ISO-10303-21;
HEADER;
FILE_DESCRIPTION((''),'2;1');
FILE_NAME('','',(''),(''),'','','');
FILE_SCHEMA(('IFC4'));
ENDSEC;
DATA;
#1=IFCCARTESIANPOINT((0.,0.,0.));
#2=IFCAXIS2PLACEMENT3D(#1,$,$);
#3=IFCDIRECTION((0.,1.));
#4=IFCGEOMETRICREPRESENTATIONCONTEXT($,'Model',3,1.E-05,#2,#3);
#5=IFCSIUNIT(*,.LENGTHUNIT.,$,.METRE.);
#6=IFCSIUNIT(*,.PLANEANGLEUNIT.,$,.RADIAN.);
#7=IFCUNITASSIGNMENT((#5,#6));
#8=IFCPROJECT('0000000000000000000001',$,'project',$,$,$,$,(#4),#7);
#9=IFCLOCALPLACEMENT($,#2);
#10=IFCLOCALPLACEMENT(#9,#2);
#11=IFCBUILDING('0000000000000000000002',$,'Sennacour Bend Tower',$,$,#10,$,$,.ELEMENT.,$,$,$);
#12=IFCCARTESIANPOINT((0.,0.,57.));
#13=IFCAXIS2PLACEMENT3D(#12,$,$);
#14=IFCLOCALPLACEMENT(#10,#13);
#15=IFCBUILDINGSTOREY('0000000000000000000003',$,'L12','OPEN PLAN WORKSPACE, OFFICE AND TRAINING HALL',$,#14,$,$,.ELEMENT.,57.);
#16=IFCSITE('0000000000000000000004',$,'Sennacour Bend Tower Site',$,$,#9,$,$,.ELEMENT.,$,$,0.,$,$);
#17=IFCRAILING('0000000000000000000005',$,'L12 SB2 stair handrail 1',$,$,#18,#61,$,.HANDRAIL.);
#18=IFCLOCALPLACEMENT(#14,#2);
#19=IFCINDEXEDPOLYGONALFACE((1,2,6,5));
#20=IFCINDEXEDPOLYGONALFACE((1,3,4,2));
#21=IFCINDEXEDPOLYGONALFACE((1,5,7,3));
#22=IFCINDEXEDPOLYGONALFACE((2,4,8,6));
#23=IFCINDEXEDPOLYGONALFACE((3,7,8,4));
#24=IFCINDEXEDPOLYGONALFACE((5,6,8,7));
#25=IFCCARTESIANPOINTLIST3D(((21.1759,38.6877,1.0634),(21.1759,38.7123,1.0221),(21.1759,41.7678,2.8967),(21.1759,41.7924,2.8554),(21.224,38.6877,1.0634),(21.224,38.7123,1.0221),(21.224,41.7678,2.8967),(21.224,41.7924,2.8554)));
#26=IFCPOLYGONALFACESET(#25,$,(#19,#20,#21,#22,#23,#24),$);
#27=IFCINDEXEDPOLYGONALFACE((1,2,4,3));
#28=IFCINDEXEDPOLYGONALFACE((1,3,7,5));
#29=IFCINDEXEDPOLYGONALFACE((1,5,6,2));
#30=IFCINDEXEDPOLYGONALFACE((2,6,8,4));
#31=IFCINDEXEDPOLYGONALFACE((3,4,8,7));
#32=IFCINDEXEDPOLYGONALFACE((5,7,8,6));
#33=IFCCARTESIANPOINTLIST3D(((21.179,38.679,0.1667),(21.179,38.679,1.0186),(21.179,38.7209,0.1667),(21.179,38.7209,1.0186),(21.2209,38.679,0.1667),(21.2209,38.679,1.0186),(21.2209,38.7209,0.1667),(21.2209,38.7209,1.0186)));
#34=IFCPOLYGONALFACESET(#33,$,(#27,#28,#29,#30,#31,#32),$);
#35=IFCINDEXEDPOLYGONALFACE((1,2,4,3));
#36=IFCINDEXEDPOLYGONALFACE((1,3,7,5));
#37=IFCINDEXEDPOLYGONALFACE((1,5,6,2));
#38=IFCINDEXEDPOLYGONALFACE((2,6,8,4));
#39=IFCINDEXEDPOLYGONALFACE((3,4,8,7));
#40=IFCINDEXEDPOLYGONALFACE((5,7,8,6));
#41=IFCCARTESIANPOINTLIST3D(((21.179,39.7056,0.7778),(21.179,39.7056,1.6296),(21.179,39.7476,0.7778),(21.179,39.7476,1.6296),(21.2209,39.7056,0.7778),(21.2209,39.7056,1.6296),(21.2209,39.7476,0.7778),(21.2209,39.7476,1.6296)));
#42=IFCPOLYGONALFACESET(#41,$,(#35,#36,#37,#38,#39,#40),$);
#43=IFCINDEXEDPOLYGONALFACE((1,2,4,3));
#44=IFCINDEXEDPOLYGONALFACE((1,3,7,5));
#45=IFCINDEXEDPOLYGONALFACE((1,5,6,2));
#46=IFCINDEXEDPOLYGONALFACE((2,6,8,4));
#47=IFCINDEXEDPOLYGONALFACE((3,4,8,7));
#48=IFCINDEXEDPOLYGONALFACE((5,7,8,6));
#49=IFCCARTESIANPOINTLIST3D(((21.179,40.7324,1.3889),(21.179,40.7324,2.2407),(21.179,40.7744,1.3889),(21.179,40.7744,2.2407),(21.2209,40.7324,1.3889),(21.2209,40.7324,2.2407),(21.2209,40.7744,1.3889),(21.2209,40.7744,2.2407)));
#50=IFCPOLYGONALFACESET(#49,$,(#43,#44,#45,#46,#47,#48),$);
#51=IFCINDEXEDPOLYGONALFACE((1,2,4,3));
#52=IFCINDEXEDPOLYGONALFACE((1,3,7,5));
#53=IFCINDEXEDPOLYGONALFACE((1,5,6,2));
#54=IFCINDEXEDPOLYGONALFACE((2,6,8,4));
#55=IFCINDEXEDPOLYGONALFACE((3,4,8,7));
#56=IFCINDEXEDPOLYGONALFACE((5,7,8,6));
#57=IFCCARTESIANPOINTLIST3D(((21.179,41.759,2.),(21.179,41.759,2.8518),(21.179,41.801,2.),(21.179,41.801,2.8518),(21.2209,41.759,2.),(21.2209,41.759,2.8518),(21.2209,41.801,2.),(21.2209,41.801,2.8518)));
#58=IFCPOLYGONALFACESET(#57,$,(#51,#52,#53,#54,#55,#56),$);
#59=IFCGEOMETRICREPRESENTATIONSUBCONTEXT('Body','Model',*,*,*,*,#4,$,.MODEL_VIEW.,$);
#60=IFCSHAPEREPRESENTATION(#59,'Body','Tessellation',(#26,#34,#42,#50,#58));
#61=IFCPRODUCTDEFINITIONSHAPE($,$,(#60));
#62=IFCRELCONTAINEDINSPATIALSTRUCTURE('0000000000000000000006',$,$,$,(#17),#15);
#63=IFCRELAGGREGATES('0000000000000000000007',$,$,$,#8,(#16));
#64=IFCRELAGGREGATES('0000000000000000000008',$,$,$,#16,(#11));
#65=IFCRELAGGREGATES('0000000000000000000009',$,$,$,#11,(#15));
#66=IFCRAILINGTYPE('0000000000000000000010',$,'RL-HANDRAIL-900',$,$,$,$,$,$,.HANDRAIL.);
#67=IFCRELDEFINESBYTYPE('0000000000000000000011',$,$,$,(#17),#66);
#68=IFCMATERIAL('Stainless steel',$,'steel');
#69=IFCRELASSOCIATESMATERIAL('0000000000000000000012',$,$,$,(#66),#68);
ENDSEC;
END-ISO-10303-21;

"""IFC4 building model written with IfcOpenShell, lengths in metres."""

from ifc_helpers import new_model, si_unit, direction, frame, origin, origin_2d, place, context, subcontext, project, spatial, rectangle, extrude, material, type_object, element, save


model = new_model("IFC4")

# Units and contexts
model_context = context("Model", 3, precision=1e-05, world=origin(), true_north=direction((0.0, 1.0)))
body_context = subcontext(model_context, "Body", "Model", "MODEL_VIEW")
ifc_project = project(units=[si_unit("LENGTHUNIT", "METRE"), si_unit("PLANEANGLEUNIT", "RADIAN")], contexts=[model_context])

# Site, building, storey
site_placement = place(None, origin())
site = spatial("IfcSite", under=ifc_project, at=site_placement, Name="Sennacour Bend Tower Site", CompositionType="ELEMENT", RefElevation=0.0)
building_placement = place(site_placement, origin())
building = spatial("IfcBuilding", under=site, at=building_placement, Name="Sennacour Bend Tower", CompositionType="ELEMENT")
storey_placement = place(building_placement, frame((0.0, 0.0, 57.0)))
storey = spatial("IfcBuildingStorey", under=building, at=storey_placement, Name="L12", Description="OPEN PLAN WORKSPACE, OFFICE AND TRAINING HALL", CompositionType="ELEMENT", Elevation=57.0)

# Railing
ifc_material_1 = material(Name="Stainless steel", Category="steel")
railing_type_1 = type_object("IfcRailingType", Name="RL-HANDRAIL-900", PredefinedType="HANDRAIL", material=ifc_material_1)
railing_1_placement = place(storey_placement, frame((21.2, 38.7, 0.1667)))
element("IfcRailing", 1, at=railing_1_placement, inside=storey, type_object=railing_type_1, Name="L12 SB2 stair handrail 1", PredefinedType="HANDRAIL", context=body_context, shape_type="SweptSolid", body=[
    extrude(rectangle(XDim=0.0481, YDim=0.0481, at=origin_2d()), frame((0.0, 0.0, 0.876), z_axis=(0.0, 0.859309, 0.511458), x_axis=(-1.0, 0.0, 0.0)), (0.0, 0.0, 1.0), 3.5845),
    extrude(rectangle(XDim=0.042, YDim=0.042, at=origin_2d()), origin(), (0.0, 0.0, 1.0), 0.8518),
    extrude(rectangle(XDim=0.042, YDim=0.042, at=origin_2d()), frame((0.0, 1.0266, 0.6111)), (0.0, 0.0, 1.0), 0.8518),
    extrude(rectangle(XDim=0.042, YDim=0.042, at=origin_2d()), frame((0.0, 2.0535, 1.2222)), (0.0, 0.0, 1.0), 0.8518),
    extrude(rectangle(XDim=0.042, YDim=0.042, at=origin_2d()), frame((0.0, 3.0801, 1.8333)), (0.0, 0.0, 1.0), 0.8518),
])

save(model, "model.ifc")
